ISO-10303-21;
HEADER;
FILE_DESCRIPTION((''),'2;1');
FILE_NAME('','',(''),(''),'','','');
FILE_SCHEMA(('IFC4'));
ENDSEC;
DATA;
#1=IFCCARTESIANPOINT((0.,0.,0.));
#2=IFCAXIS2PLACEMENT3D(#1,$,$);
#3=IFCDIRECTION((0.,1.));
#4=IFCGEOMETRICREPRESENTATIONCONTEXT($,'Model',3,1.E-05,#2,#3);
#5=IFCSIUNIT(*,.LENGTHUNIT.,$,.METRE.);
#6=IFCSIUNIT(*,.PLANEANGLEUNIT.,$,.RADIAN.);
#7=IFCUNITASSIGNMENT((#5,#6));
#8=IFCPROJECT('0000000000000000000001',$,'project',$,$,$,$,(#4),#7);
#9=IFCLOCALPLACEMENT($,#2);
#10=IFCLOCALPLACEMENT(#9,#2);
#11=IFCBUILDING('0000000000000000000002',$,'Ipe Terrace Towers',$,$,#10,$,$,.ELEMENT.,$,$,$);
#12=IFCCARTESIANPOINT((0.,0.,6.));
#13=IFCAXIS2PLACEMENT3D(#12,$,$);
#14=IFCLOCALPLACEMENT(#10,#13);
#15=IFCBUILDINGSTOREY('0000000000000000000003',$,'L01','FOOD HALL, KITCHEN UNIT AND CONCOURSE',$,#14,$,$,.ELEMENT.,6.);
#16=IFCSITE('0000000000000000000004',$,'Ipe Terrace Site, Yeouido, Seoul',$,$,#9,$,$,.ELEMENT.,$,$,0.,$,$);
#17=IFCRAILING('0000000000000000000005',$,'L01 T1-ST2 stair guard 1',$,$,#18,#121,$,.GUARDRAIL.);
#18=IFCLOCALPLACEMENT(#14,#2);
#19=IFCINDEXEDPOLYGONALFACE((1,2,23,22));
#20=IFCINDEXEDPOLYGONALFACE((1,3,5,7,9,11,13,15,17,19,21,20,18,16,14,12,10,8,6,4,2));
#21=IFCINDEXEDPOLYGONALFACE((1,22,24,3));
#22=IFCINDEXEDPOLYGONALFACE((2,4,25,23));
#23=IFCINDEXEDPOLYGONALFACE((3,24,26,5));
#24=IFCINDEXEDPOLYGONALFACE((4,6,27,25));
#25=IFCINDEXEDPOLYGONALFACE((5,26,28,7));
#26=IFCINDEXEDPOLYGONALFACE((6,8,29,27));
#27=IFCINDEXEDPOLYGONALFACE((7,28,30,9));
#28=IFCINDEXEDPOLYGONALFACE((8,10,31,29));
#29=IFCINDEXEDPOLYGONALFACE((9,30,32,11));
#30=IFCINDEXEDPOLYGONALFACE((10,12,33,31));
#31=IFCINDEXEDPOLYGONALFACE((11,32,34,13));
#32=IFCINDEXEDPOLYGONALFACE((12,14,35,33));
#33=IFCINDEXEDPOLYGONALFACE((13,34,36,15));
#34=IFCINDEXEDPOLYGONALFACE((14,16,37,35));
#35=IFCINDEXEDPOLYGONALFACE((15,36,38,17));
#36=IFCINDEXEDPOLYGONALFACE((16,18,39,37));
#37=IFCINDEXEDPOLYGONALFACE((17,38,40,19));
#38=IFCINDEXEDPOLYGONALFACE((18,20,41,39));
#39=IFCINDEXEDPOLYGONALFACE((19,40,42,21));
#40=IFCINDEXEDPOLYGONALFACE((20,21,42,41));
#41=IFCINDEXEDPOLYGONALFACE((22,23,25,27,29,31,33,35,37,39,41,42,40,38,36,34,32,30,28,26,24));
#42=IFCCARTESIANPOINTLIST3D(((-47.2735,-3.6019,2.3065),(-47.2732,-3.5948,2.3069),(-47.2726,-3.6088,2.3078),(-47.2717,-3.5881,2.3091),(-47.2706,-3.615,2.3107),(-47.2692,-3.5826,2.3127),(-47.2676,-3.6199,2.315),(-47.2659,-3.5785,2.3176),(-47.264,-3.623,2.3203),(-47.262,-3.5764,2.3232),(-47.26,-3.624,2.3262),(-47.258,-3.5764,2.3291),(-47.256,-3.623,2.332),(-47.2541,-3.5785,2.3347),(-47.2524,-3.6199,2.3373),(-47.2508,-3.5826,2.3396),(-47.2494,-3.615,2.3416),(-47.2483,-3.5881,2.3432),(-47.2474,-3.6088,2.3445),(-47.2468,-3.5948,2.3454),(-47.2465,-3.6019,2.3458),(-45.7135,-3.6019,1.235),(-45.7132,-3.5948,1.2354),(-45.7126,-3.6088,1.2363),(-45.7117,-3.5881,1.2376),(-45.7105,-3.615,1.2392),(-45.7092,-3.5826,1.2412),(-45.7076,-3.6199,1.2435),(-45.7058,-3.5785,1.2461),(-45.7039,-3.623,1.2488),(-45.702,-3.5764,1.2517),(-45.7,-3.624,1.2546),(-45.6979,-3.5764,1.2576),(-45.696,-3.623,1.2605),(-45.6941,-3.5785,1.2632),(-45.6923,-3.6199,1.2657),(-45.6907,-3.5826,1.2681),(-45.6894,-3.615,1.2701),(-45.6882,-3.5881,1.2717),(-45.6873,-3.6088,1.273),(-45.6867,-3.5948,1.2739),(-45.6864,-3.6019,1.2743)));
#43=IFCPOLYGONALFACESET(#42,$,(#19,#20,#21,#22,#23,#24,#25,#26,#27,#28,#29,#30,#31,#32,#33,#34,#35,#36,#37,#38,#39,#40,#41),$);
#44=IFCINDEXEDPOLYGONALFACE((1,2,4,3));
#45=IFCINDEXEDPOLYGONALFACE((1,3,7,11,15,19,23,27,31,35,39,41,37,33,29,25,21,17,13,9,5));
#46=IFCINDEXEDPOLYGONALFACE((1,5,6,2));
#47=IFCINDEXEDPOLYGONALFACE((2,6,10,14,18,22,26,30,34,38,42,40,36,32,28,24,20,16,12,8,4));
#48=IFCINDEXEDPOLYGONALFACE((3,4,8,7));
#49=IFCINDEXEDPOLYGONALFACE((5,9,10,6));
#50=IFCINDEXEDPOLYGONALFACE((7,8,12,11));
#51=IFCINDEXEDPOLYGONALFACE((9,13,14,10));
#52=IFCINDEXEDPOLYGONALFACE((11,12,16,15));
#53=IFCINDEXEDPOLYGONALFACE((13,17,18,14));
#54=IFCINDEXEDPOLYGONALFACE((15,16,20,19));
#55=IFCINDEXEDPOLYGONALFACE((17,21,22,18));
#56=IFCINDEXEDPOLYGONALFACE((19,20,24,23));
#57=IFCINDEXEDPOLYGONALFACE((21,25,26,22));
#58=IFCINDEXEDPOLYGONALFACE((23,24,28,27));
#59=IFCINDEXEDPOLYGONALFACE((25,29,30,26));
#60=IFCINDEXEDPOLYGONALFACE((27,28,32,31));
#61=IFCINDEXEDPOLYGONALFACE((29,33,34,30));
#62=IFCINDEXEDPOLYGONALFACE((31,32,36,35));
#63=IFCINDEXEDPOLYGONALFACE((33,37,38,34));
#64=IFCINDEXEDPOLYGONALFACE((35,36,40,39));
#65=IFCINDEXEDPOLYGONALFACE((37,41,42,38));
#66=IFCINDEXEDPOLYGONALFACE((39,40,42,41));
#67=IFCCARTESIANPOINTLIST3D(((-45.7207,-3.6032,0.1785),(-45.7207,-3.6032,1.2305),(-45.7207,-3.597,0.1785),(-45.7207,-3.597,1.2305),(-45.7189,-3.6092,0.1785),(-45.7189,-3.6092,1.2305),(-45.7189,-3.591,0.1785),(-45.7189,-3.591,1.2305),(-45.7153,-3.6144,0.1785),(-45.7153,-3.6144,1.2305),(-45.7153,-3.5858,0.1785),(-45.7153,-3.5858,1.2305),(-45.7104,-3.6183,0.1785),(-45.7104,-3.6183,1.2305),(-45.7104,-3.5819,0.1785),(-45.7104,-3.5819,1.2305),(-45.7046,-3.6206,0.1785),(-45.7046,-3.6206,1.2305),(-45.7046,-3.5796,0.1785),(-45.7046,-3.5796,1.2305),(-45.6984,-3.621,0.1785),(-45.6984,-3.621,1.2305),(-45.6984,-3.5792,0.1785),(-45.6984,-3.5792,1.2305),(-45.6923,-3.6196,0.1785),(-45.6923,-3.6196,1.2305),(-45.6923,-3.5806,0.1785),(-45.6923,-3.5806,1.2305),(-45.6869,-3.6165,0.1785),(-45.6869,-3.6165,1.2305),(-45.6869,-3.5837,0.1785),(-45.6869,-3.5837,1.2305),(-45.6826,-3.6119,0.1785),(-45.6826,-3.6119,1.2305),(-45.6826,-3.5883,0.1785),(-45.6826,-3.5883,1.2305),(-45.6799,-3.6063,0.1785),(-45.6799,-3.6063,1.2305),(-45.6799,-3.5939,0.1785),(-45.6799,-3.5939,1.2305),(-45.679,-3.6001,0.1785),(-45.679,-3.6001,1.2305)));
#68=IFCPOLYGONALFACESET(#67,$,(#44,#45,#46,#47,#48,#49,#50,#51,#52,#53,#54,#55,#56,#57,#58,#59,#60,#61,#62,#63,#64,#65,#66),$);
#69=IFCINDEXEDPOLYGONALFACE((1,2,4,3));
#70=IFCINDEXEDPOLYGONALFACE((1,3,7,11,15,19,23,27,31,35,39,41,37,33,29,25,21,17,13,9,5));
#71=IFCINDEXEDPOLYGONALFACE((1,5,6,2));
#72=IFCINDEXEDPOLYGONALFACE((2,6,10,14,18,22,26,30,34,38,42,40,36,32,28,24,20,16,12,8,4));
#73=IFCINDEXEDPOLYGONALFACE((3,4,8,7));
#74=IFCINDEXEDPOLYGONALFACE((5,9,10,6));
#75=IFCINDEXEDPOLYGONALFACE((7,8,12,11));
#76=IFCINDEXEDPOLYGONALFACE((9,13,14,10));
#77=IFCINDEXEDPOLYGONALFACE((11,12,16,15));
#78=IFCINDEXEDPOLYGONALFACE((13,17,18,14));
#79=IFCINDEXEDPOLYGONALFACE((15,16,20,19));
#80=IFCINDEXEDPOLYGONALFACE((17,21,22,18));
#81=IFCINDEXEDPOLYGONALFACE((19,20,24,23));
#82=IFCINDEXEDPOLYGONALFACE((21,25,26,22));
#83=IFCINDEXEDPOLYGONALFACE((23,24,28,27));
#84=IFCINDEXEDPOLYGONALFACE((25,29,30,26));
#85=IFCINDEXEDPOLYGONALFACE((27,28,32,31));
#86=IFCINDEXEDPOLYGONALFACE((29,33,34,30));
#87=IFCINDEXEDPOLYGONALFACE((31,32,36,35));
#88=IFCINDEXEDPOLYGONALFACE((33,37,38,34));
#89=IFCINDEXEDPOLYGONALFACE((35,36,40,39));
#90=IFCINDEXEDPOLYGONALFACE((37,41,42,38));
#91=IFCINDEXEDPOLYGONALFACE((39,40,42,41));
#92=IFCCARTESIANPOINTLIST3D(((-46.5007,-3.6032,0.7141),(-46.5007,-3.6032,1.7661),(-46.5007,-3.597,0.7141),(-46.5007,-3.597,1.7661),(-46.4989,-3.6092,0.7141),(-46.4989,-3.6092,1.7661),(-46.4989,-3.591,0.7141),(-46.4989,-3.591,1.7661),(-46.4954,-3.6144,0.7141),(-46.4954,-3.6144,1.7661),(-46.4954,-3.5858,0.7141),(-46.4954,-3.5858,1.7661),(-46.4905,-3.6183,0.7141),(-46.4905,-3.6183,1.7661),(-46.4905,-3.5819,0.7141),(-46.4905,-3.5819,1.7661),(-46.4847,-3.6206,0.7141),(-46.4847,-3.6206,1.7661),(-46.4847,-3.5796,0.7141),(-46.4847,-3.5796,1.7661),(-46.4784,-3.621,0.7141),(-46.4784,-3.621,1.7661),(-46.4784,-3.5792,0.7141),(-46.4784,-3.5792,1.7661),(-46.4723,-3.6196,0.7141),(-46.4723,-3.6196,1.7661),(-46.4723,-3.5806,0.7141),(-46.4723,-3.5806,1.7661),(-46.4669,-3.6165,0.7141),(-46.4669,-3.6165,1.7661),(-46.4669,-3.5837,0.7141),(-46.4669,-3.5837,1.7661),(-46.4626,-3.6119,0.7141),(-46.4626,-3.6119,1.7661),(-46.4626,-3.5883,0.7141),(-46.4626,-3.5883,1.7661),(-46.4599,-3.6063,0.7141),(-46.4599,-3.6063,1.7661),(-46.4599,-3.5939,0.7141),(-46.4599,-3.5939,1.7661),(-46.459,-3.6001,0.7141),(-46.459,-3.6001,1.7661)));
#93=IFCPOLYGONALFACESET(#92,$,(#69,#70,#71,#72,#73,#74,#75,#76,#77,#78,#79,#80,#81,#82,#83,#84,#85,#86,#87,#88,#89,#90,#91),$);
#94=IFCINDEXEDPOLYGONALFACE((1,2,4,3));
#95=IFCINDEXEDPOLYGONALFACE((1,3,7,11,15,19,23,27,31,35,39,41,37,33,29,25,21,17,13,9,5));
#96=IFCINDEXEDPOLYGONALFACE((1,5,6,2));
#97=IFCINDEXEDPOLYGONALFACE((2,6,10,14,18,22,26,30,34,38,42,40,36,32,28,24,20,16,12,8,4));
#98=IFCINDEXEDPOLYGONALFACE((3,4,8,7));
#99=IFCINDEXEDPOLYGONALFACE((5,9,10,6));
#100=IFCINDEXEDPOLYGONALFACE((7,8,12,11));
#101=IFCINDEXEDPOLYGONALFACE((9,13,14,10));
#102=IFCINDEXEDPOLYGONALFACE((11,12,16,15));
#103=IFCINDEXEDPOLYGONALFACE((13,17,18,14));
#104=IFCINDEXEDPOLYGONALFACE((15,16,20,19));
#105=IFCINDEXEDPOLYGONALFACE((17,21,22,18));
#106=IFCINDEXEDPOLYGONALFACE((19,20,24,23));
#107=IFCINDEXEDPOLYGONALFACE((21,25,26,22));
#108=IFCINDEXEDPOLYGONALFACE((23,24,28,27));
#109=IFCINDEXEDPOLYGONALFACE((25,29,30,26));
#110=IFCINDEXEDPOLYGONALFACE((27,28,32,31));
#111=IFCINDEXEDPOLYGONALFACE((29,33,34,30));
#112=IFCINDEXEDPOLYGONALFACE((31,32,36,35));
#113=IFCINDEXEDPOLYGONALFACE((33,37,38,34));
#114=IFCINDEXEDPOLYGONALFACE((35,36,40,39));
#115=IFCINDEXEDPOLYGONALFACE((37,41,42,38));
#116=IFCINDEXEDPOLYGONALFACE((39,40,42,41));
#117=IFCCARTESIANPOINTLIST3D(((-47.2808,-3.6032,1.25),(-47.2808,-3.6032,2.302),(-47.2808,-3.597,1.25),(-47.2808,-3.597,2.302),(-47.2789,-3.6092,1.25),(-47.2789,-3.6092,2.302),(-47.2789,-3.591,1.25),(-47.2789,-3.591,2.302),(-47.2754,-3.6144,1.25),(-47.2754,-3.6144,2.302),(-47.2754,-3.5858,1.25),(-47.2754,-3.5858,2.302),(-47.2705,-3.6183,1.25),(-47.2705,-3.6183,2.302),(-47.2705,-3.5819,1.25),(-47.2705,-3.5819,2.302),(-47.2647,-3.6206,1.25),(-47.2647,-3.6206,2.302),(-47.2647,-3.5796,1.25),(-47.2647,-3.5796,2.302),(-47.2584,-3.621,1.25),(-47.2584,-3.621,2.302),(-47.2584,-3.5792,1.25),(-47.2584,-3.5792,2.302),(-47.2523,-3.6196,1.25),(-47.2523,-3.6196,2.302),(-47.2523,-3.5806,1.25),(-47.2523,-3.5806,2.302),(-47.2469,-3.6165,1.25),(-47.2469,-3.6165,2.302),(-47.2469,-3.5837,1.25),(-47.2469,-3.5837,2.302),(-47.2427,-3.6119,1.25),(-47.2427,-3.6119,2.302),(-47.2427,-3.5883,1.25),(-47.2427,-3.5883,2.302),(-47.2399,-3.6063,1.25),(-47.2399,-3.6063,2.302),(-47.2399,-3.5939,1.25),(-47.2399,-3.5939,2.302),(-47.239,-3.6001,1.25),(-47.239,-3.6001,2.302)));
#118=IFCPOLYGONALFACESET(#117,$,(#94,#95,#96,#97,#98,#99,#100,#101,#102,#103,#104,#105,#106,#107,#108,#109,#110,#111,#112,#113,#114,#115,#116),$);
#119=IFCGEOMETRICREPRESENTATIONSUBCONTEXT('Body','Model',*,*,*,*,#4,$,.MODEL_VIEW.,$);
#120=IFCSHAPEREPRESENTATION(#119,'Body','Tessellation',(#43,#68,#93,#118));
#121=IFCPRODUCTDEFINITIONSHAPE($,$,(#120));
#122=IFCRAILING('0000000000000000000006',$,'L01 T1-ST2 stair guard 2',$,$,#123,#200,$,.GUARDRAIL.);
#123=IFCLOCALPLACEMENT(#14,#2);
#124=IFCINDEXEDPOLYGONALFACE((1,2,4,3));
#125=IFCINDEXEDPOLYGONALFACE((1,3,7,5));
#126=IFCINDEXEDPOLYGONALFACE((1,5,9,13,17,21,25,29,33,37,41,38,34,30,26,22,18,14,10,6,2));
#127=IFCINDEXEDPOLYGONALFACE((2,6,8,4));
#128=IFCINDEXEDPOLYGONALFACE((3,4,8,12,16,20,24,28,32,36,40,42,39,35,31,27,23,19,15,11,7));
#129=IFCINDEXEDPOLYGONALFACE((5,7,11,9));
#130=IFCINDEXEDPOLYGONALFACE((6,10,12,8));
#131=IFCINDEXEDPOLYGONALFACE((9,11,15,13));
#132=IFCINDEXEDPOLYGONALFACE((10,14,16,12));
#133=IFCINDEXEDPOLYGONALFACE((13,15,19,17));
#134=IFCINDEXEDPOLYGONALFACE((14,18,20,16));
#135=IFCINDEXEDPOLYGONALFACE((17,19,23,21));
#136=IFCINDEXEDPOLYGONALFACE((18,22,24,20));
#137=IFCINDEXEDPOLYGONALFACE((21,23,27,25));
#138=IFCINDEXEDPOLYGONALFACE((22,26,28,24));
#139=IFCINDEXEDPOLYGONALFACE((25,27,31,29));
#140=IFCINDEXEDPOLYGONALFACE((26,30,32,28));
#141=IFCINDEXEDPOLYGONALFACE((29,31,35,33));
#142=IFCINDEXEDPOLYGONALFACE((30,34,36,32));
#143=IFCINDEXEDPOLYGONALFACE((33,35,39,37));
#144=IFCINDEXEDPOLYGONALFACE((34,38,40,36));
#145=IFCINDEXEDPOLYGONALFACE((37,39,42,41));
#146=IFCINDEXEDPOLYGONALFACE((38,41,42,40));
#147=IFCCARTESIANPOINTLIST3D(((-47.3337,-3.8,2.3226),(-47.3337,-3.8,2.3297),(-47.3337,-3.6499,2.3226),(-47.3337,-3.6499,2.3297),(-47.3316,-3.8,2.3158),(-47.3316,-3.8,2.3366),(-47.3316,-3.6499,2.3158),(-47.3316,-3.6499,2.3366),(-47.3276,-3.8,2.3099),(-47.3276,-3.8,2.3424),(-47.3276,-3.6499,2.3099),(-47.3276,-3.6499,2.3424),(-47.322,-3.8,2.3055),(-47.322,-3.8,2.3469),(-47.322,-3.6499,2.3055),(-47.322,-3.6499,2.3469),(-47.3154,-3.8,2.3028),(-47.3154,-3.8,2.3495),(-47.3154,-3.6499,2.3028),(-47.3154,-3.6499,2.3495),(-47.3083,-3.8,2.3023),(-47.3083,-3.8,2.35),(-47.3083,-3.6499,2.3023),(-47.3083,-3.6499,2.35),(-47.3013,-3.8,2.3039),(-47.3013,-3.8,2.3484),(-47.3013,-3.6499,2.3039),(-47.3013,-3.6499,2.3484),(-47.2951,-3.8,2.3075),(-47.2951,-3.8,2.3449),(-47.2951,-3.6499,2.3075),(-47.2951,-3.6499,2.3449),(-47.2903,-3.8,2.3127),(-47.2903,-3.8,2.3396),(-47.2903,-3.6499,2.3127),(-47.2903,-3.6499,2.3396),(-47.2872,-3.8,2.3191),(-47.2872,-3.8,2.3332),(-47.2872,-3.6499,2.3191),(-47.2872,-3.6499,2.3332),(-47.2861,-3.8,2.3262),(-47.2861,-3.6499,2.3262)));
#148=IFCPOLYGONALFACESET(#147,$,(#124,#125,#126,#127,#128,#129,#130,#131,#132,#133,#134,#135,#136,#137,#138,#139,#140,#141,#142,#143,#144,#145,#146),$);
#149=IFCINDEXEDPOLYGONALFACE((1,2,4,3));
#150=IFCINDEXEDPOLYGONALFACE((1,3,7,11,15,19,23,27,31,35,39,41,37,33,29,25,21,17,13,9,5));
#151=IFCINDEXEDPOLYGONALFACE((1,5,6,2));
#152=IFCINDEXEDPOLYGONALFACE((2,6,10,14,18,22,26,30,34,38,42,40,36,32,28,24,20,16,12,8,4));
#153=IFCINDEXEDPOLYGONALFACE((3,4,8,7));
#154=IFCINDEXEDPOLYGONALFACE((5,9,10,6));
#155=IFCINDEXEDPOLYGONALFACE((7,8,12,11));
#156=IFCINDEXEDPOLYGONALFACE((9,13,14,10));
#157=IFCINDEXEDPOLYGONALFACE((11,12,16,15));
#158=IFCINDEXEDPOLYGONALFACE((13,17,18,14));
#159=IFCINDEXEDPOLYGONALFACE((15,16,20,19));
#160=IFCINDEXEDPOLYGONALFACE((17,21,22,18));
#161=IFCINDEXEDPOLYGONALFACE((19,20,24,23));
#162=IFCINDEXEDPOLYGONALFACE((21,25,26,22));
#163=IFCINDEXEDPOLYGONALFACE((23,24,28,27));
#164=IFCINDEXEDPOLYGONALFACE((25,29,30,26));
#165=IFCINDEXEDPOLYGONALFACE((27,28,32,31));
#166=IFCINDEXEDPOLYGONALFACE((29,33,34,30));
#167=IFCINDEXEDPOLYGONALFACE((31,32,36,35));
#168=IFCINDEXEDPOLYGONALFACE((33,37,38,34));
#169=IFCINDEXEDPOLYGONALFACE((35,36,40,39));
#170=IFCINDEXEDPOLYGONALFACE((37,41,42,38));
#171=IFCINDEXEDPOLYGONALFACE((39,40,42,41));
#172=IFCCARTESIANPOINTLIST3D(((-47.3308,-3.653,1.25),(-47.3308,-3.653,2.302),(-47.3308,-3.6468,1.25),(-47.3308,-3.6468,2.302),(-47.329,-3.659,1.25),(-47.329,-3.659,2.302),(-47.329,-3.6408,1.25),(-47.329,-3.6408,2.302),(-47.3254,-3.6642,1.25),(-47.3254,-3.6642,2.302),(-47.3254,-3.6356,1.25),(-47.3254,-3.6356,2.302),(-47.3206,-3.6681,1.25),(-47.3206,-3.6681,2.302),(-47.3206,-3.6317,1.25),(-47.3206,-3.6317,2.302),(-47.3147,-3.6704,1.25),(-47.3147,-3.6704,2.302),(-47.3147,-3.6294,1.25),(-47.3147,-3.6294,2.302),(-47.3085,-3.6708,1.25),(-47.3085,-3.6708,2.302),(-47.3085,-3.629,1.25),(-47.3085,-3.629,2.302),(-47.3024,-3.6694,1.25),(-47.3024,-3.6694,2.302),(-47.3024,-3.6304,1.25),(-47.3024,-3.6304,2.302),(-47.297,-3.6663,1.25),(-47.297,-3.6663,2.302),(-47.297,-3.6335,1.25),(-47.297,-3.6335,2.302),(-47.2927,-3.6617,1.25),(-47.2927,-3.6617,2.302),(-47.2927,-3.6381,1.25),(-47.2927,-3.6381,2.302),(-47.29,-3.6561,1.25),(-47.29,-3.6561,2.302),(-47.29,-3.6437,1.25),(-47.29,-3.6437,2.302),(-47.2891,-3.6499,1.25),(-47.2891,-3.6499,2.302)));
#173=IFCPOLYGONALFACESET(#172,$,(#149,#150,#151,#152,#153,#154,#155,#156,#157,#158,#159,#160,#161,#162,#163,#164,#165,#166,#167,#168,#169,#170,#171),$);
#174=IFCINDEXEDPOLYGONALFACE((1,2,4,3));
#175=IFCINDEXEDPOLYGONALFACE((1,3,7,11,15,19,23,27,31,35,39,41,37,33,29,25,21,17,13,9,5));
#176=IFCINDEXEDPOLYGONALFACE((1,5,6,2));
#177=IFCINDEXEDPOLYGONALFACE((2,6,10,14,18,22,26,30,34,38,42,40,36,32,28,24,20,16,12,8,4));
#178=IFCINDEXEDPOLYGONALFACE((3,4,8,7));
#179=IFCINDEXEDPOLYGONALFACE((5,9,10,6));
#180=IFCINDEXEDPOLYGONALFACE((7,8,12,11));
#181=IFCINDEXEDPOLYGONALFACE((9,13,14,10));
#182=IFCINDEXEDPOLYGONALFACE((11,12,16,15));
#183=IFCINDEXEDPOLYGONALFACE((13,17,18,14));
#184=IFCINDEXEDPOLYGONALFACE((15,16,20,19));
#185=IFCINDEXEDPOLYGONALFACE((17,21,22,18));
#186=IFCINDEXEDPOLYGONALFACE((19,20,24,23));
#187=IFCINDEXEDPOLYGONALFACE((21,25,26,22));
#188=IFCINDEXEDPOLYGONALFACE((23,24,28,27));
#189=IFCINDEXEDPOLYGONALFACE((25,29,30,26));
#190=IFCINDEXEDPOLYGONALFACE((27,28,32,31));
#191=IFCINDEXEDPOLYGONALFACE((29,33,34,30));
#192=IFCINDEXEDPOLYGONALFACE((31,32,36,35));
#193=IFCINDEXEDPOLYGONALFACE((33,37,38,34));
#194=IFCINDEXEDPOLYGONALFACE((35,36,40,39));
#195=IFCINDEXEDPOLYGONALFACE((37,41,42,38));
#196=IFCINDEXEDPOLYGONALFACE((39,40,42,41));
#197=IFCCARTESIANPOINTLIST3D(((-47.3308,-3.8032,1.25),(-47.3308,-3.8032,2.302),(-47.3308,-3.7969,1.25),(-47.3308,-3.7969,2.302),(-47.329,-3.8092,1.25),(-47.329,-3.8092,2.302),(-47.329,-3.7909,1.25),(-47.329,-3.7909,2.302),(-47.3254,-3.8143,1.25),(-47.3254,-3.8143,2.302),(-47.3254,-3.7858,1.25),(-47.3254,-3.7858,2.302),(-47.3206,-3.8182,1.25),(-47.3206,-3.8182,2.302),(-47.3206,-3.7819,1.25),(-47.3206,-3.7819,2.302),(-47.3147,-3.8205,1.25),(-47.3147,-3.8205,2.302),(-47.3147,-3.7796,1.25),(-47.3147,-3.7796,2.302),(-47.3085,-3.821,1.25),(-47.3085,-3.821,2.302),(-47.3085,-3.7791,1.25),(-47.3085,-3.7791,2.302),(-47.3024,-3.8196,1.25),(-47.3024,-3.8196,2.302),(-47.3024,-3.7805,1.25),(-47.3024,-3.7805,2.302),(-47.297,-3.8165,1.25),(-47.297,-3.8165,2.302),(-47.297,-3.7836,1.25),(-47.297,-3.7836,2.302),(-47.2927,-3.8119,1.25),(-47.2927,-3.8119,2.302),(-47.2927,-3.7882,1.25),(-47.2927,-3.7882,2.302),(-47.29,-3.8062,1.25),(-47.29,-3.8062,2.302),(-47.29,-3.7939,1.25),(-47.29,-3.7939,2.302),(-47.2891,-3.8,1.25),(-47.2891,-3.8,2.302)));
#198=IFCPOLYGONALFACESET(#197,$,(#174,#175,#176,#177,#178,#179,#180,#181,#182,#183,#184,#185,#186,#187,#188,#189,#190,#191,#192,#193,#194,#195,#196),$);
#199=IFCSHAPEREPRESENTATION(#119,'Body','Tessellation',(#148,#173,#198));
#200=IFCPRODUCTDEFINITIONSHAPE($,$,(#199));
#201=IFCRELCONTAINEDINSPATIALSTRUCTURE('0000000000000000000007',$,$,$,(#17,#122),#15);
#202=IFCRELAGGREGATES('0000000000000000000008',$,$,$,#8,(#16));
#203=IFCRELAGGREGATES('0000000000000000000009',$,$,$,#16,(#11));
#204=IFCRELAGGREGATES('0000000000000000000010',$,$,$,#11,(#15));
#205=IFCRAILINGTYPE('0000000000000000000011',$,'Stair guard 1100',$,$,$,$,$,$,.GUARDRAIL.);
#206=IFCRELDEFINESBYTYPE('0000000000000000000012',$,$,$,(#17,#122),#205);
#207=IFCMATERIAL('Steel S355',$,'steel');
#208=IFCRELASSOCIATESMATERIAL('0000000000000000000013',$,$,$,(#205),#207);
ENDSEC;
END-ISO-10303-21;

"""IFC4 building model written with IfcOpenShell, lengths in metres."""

from ifc_helpers import new_model, si_unit, direction, frame, origin, origin_2d, place, context, subcontext, project, spatial, circle, extrude, material, type_object, element, save


model = new_model("IFC4")

# Units and contexts
model_context = context("Model", 3, precision=1e-05, world=origin(), true_north=direction((0.0, 1.0)))
body_context = subcontext(model_context, "Body", "Model", "MODEL_VIEW")
ifc_project = project(units=[si_unit("LENGTHUNIT", "METRE"), si_unit("PLANEANGLEUNIT", "RADIAN")], contexts=[model_context])

# Site, building, storey
site_placement = place(None, origin())
site = spatial("IfcSite", under=ifc_project, at=site_placement, Name="Ipe Terrace Site, Yeouido, Seoul", CompositionType="ELEMENT", RefElevation=0.0)
building_placement = place(site_placement, origin())
building = spatial("IfcBuilding", under=site, at=building_placement, Name="Ipe Terrace Towers", CompositionType="ELEMENT")
storey_placement = place(building_placement, frame((0.0, 0.0, 6.0)))
storey = spatial("IfcBuildingStorey", under=building, at=storey_placement, Name="L01", Description="FOOD HALL, KITCHEN UNIT AND CONCOURSE", CompositionType="ELEMENT", Elevation=6.0)

# Railings
ifc_material_1 = material(Name="Steel S355", Category="steel")
railing_type_1 = type_object("IfcRailingType", Name="Stair guard 1100", PredefinedType="GUARDRAIL", material=ifc_material_1)
railing_1_placement = place(storey_placement, frame((-45.7, -3.6001, 0.1785)))
element("IfcRailing", 1, at=railing_1_placement, inside=storey, type_object=railing_type_1, Name="L01 T1-ST2 stair guard 1", PredefinedType="GUARDRAIL", context=body_context, shape_type="SweptSolid", body=[
    extrude(circle(Radius=0.0239, at=origin_2d()), frame((0.0, 0.0, 1.0762), z_axis=(-0.82429, 0.0, 0.566167), x_axis=(0.0, -1.0, 0.0)), (0.0, 0.0, 1.0), 1.8926),
    extrude(circle(Radius=0.021, at=origin_2d()), origin(), (0.0, 0.0, 1.0), 1.052),
    extrude(circle(Radius=0.021, at=origin_2d()), frame((-0.78, 0.0, 0.5356)), (0.0, 0.0, 1.0), 1.052),
    extrude(circle(Radius=0.021, at=origin_2d()), frame((-1.5601, 0.0, 1.0715)), (0.0, 0.0, 1.0), 1.052),
])
railing_2_placement = place(storey_placement, frame((-47.3101, -3.6499, 1.25)))
element("IfcRailing", 2, at=railing_2_placement, inside=storey, type_object=railing_type_1, Name="L01 T1-ST2 stair guard 2", PredefinedType="GUARDRAIL", context=body_context, shape_type="SweptSolid", body=[
    extrude(circle(Radius=0.0239, at=origin_2d()), frame((0.0, 0.0, 1.0762), z_axis=(0.0, -1.0, 0.0), x_axis=(1.0, 0.0, 0.0)), (0.0, 0.0, 1.0), 0.1501),
    extrude(circle(Radius=0.021, at=origin_2d()), origin(), (0.0, 0.0, 1.0), 1.052),
    extrude(circle(Radius=0.021, at=origin_2d()), frame((0.0, -0.1501, 0.0)), (0.0, 0.0, 1.0), 1.052),
])

save(model, "model.ifc")
